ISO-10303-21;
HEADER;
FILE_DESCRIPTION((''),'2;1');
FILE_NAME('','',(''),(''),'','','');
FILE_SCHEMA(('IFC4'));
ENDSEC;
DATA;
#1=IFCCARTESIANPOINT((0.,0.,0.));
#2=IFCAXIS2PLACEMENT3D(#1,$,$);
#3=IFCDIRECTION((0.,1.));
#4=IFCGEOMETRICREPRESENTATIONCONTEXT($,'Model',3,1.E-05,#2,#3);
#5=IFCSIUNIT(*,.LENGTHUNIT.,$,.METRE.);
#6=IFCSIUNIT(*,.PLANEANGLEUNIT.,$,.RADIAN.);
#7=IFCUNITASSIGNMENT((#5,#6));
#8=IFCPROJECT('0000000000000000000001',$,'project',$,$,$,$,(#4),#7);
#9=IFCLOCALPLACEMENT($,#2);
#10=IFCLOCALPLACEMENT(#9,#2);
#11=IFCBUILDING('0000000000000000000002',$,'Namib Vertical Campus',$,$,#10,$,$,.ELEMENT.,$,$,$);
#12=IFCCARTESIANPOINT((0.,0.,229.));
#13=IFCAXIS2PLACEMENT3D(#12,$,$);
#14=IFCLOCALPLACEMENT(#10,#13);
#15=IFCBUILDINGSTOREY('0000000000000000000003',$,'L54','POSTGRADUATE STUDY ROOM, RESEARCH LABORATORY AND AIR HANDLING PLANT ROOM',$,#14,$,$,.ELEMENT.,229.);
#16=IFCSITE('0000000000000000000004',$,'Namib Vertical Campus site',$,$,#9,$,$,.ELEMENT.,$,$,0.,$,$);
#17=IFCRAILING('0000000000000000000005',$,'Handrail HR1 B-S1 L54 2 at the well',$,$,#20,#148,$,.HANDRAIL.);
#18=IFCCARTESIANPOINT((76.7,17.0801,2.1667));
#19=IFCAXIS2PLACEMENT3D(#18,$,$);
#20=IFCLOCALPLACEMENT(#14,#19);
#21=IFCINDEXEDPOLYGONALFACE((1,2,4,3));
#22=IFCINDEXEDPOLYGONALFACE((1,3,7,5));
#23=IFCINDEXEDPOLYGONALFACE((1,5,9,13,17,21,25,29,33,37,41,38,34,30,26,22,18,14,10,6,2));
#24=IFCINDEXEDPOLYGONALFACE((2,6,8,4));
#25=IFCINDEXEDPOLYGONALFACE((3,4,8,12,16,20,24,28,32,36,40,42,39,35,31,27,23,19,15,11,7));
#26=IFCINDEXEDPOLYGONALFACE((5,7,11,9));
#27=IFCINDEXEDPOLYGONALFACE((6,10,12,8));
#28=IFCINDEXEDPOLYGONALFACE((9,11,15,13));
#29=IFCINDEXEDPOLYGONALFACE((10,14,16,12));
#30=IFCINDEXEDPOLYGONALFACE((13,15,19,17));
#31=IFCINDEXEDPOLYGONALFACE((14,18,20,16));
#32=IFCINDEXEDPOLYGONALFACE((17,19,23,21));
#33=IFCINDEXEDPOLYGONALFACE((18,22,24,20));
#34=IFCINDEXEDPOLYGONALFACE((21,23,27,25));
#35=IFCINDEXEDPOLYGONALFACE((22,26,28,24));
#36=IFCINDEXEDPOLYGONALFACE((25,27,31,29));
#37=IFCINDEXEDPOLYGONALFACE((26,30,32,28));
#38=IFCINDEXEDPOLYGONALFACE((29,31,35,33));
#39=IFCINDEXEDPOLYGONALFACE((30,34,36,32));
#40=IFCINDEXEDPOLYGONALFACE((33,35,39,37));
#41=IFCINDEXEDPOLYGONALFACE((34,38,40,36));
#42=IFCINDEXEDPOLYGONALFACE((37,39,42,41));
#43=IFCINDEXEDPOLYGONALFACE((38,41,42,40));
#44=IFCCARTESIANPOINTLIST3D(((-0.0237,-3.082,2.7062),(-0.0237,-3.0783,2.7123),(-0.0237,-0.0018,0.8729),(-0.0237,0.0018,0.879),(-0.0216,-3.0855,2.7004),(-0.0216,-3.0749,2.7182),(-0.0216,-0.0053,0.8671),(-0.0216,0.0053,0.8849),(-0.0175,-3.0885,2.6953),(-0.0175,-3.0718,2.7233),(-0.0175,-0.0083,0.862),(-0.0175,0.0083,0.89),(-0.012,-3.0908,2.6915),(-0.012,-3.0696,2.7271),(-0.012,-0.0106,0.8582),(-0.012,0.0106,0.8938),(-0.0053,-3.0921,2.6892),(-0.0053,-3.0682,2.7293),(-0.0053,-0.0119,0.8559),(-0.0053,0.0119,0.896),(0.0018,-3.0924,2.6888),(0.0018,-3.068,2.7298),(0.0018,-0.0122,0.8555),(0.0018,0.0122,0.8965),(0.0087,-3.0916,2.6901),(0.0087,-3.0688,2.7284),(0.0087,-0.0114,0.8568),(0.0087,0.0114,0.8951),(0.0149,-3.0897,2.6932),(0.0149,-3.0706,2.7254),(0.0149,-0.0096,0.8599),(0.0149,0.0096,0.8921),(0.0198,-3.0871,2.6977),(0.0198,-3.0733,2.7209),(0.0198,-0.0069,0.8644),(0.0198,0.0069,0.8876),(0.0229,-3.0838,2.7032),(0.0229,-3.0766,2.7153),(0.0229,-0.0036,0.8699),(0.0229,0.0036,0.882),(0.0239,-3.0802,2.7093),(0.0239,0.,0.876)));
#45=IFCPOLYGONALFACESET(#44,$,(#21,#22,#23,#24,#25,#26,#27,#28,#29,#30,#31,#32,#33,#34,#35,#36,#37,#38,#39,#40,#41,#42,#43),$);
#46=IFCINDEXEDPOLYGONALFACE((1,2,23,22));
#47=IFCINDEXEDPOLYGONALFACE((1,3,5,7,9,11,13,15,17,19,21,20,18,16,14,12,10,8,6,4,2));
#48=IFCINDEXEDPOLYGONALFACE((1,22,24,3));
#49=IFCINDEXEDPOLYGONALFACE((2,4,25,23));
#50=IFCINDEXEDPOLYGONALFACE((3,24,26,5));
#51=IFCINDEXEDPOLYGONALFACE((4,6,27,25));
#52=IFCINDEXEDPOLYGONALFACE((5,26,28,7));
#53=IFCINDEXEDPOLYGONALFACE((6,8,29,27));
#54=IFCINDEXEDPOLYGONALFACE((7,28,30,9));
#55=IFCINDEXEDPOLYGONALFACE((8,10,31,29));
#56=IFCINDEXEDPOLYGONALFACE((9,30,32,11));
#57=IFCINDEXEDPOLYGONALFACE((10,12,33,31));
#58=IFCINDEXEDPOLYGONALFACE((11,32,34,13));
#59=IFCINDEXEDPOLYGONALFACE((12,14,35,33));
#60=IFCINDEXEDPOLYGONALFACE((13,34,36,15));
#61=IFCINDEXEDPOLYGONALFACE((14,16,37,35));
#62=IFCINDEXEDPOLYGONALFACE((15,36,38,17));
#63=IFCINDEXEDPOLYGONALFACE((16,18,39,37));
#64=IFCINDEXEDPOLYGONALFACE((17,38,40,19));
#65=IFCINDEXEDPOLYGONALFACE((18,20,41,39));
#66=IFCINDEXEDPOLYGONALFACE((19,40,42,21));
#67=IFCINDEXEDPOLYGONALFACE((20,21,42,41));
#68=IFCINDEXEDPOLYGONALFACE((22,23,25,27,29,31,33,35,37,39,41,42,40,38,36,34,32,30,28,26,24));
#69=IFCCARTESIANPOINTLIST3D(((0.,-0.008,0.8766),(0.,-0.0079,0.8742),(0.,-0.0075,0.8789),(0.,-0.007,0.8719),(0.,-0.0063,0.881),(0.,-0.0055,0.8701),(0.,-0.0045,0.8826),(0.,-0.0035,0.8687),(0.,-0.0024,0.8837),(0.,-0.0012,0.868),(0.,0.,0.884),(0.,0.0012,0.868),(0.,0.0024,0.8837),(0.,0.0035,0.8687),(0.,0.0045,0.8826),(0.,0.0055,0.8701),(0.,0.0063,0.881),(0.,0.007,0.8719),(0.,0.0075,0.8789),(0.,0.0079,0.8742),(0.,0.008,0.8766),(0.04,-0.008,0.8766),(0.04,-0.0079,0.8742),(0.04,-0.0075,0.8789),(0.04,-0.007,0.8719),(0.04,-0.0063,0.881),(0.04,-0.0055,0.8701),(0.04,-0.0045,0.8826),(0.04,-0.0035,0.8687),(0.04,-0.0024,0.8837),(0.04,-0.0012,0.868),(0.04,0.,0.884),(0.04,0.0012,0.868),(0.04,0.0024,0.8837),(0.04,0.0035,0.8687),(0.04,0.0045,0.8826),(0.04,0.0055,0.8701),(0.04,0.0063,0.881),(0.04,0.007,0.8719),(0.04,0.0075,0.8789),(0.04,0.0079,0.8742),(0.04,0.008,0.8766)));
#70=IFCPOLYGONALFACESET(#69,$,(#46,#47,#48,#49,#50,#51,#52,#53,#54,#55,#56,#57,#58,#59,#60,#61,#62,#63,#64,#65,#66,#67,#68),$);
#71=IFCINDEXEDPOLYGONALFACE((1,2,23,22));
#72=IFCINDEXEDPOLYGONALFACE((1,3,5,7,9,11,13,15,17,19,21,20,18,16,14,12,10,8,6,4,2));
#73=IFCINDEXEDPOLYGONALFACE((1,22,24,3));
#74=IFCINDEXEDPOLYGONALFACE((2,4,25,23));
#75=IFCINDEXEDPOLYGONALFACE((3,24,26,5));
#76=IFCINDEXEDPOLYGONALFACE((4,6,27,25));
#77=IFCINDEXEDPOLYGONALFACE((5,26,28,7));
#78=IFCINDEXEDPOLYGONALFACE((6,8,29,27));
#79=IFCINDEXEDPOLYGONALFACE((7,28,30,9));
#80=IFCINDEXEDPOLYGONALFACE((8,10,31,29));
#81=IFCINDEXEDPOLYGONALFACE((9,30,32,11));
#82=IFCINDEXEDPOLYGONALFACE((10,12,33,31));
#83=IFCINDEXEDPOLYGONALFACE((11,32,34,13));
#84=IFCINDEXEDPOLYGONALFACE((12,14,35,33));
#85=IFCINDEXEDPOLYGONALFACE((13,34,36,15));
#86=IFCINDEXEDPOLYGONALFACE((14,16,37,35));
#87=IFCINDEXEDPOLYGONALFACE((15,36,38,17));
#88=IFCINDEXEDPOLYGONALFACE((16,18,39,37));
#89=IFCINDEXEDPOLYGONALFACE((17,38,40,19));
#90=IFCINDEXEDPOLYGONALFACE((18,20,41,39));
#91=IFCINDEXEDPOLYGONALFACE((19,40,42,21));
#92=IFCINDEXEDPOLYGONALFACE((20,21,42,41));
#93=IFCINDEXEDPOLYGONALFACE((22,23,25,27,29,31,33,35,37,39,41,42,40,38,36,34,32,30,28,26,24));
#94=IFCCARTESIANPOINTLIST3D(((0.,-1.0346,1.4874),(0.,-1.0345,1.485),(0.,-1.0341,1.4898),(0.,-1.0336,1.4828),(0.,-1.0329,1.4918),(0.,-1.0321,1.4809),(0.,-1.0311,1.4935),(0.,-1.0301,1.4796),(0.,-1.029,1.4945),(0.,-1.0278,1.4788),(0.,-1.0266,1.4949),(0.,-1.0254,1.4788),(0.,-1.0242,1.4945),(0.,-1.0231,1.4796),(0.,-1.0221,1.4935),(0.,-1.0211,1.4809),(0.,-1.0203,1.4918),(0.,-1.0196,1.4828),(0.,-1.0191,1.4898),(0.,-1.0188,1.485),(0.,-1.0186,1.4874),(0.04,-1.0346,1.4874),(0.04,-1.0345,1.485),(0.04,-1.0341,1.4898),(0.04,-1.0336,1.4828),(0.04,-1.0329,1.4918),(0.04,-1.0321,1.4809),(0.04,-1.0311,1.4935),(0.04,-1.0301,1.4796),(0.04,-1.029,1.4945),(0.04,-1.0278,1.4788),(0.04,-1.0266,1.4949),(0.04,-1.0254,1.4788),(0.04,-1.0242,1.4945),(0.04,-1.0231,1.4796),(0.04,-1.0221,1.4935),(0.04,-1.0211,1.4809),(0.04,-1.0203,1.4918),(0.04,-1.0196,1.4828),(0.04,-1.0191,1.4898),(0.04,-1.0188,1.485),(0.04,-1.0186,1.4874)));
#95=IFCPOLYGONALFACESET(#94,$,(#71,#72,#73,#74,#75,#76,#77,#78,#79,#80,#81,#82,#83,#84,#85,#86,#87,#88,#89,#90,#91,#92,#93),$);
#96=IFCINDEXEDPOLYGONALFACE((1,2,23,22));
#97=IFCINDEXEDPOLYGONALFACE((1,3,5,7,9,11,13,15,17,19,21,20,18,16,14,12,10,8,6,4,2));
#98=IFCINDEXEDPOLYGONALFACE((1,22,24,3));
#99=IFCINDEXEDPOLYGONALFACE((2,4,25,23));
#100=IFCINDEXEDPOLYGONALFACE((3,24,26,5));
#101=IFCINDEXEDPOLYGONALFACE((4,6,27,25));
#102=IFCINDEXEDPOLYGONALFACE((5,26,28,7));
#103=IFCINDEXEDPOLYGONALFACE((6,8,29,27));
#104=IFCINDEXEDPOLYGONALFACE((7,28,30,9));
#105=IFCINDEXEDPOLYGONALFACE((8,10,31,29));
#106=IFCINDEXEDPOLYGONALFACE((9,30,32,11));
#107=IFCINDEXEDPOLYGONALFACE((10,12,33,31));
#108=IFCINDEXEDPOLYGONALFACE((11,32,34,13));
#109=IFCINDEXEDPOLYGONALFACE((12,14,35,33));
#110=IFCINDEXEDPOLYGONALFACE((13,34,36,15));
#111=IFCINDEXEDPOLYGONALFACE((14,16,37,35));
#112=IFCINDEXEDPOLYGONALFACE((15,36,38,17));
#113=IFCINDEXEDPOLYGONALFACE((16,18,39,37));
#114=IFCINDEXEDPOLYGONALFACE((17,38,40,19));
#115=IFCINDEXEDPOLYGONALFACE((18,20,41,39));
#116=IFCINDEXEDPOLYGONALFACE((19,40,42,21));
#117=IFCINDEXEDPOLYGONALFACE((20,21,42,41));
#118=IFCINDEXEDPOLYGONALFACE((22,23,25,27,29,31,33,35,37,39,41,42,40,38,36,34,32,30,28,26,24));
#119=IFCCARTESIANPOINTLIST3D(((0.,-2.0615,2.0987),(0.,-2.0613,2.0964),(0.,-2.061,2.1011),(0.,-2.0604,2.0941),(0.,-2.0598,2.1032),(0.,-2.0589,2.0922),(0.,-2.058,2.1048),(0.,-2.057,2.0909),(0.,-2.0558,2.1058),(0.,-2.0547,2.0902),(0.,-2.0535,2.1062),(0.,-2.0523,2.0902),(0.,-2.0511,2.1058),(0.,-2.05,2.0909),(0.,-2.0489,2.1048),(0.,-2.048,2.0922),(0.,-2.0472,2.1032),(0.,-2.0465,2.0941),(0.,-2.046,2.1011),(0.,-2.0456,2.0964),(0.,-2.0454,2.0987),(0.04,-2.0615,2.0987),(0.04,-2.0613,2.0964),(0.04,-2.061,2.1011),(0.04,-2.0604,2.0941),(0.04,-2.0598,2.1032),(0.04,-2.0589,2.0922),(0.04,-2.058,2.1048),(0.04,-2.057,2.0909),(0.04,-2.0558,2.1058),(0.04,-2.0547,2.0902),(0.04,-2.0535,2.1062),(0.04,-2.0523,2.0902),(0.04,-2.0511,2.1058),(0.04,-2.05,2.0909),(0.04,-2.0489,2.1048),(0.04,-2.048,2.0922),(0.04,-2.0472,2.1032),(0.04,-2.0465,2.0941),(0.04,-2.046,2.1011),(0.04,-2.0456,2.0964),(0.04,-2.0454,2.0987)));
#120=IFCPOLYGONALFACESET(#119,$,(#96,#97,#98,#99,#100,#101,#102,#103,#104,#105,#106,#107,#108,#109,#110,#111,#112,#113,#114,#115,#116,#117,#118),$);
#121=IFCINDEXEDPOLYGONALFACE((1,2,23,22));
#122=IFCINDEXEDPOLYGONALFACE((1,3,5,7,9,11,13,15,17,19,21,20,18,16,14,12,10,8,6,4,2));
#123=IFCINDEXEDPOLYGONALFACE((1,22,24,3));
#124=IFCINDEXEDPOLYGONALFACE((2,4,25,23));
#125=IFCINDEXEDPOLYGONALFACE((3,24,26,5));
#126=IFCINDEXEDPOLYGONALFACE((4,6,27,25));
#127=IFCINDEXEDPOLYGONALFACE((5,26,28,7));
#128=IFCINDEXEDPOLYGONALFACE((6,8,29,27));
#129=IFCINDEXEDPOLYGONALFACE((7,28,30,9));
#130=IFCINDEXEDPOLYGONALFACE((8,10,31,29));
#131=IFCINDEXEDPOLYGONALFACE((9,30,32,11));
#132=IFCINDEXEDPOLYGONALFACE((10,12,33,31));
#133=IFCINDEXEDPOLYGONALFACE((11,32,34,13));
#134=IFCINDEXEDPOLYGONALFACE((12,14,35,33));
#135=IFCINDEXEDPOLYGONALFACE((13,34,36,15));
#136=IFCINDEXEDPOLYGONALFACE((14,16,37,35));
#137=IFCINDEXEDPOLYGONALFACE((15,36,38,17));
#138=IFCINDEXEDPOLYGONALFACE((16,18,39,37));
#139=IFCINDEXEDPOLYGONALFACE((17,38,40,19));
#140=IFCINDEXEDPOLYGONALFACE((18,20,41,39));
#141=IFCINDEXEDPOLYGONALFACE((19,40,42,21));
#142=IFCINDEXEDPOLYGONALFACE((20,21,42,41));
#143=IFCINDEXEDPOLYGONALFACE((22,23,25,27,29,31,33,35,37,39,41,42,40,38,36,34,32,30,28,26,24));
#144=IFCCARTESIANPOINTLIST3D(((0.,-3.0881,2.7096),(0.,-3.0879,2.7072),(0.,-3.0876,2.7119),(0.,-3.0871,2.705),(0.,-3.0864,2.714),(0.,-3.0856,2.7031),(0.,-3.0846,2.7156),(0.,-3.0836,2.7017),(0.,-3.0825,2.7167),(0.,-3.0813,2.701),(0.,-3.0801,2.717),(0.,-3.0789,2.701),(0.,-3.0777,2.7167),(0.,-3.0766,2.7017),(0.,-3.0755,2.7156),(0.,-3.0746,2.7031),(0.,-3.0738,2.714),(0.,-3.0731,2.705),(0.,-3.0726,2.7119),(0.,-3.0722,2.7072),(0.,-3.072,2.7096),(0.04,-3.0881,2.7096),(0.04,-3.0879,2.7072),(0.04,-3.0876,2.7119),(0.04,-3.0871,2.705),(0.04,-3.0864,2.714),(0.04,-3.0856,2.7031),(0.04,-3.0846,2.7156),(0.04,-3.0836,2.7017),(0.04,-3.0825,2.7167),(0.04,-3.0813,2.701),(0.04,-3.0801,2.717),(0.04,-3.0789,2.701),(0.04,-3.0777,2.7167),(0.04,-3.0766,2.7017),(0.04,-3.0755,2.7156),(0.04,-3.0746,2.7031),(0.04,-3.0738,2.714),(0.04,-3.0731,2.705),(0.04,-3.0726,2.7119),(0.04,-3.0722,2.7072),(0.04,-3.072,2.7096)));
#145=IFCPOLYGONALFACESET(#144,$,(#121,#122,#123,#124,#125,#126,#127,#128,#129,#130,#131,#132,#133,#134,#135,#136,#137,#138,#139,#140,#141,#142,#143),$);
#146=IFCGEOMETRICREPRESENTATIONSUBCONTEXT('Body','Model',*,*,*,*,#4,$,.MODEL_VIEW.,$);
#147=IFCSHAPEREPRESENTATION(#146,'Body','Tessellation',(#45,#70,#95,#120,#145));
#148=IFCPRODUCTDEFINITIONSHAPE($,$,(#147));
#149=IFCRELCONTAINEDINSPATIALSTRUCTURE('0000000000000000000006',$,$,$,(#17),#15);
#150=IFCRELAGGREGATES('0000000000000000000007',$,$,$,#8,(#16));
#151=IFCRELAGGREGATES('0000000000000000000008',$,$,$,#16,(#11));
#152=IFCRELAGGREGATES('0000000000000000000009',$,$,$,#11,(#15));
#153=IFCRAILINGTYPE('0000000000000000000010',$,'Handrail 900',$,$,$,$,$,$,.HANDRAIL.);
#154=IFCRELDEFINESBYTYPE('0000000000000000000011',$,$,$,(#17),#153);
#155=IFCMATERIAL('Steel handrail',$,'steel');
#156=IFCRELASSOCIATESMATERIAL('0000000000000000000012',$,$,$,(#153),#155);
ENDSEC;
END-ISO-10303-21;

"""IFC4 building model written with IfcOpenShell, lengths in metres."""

from ifc_helpers import new_model, si_unit, direction, frame, origin, origin_2d, place, context, subcontext, project, spatial, circle, extrude, material, type_object, element, save


model = new_model("IFC4")

# Units and contexts
model_context = context("Model", 3, precision=1e-05, world=origin(), true_north=direction((0.0, 1.0)))
body_context = subcontext(model_context, "Body", "Model", "MODEL_VIEW")
ifc_project = project(units=[si_unit("LENGTHUNIT", "METRE"), si_unit("PLANEANGLEUNIT", "RADIAN")], contexts=[model_context])

# Site, building, storey
site_placement = place(None, origin())
site = spatial("IfcSite", under=ifc_project, at=site_placement, Name="Namib Vertical Campus site", CompositionType="ELEMENT", RefElevation=0.0)
building_placement = place(site_placement, origin())
building = spatial("IfcBuilding", under=site, at=building_placement, Name="Namib Vertical Campus", CompositionType="ELEMENT")
storey_placement = place(building_placement, frame((0.0, 0.0, 229.0)))
storey = spatial("IfcBuildingStorey", under=building, at=storey_placement, Name="L54", Description="POSTGRADUATE STUDY ROOM, RESEARCH LABORATORY AND AIR HANDLING PLANT ROOM", CompositionType="ELEMENT", Elevation=229.0)

# Railing
ifc_material_1 = material(Name="Steel handrail", Category="steel")
railing_type_1 = type_object("IfcRailingType", Name="Handrail 900", PredefinedType="HANDRAIL", material=ifc_material_1)
railing_1_placement = place(storey_placement, frame((76.7, 17.0801, 2.1667)))
element("IfcRailing", 1, at=railing_1_placement, inside=storey, type_object=railing_type_1, Name="Handrail HR1 B-S1 L54 2 at the well", PredefinedType="HANDRAIL", context=body_context, shape_type="SweptSolid", body=[
    extrude(circle(Radius=0.0239, at=origin_2d()), frame((0.0, 0.0, 0.876), z_axis=(0.0, -0.859309, 0.511458), x_axis=(1.0, 0.0, 0.0)), (0.0, 0.0, 1.0), 3.5845),
    extrude(circle(Radius=0.0081, at=origin_2d()), frame((0.0, 0.0, 0.876), z_axis=(1.0, 0.0, 0.0), x_axis=(0.0, 0.0, 1.0)), (0.0, 0.0, 1.0), 0.04),
    extrude(circle(Radius=0.0081, at=origin_2d()), frame((0.0, -1.0266, 1.4868), z_axis=(1.0, 0.0, 0.0), x_axis=(0.0, 0.0, 1.0)), (0.0, 0.0, 1.0), 0.04),
    extrude(circle(Radius=0.0081, at=origin_2d()), frame((0.0, -2.0535, 2.0981), z_axis=(1.0, 0.0, 0.0), x_axis=(0.0, 0.0, 1.0)), (0.0, 0.0, 1.0), 0.04),
    extrude(circle(Radius=0.0081, at=origin_2d()), frame((0.0, -3.0801, 2.709), z_axis=(1.0, 0.0, 0.0), x_axis=(0.0, 0.0, 1.0)), (0.0, 0.0, 1.0), 0.04),
])

save(model, "model.ifc")
